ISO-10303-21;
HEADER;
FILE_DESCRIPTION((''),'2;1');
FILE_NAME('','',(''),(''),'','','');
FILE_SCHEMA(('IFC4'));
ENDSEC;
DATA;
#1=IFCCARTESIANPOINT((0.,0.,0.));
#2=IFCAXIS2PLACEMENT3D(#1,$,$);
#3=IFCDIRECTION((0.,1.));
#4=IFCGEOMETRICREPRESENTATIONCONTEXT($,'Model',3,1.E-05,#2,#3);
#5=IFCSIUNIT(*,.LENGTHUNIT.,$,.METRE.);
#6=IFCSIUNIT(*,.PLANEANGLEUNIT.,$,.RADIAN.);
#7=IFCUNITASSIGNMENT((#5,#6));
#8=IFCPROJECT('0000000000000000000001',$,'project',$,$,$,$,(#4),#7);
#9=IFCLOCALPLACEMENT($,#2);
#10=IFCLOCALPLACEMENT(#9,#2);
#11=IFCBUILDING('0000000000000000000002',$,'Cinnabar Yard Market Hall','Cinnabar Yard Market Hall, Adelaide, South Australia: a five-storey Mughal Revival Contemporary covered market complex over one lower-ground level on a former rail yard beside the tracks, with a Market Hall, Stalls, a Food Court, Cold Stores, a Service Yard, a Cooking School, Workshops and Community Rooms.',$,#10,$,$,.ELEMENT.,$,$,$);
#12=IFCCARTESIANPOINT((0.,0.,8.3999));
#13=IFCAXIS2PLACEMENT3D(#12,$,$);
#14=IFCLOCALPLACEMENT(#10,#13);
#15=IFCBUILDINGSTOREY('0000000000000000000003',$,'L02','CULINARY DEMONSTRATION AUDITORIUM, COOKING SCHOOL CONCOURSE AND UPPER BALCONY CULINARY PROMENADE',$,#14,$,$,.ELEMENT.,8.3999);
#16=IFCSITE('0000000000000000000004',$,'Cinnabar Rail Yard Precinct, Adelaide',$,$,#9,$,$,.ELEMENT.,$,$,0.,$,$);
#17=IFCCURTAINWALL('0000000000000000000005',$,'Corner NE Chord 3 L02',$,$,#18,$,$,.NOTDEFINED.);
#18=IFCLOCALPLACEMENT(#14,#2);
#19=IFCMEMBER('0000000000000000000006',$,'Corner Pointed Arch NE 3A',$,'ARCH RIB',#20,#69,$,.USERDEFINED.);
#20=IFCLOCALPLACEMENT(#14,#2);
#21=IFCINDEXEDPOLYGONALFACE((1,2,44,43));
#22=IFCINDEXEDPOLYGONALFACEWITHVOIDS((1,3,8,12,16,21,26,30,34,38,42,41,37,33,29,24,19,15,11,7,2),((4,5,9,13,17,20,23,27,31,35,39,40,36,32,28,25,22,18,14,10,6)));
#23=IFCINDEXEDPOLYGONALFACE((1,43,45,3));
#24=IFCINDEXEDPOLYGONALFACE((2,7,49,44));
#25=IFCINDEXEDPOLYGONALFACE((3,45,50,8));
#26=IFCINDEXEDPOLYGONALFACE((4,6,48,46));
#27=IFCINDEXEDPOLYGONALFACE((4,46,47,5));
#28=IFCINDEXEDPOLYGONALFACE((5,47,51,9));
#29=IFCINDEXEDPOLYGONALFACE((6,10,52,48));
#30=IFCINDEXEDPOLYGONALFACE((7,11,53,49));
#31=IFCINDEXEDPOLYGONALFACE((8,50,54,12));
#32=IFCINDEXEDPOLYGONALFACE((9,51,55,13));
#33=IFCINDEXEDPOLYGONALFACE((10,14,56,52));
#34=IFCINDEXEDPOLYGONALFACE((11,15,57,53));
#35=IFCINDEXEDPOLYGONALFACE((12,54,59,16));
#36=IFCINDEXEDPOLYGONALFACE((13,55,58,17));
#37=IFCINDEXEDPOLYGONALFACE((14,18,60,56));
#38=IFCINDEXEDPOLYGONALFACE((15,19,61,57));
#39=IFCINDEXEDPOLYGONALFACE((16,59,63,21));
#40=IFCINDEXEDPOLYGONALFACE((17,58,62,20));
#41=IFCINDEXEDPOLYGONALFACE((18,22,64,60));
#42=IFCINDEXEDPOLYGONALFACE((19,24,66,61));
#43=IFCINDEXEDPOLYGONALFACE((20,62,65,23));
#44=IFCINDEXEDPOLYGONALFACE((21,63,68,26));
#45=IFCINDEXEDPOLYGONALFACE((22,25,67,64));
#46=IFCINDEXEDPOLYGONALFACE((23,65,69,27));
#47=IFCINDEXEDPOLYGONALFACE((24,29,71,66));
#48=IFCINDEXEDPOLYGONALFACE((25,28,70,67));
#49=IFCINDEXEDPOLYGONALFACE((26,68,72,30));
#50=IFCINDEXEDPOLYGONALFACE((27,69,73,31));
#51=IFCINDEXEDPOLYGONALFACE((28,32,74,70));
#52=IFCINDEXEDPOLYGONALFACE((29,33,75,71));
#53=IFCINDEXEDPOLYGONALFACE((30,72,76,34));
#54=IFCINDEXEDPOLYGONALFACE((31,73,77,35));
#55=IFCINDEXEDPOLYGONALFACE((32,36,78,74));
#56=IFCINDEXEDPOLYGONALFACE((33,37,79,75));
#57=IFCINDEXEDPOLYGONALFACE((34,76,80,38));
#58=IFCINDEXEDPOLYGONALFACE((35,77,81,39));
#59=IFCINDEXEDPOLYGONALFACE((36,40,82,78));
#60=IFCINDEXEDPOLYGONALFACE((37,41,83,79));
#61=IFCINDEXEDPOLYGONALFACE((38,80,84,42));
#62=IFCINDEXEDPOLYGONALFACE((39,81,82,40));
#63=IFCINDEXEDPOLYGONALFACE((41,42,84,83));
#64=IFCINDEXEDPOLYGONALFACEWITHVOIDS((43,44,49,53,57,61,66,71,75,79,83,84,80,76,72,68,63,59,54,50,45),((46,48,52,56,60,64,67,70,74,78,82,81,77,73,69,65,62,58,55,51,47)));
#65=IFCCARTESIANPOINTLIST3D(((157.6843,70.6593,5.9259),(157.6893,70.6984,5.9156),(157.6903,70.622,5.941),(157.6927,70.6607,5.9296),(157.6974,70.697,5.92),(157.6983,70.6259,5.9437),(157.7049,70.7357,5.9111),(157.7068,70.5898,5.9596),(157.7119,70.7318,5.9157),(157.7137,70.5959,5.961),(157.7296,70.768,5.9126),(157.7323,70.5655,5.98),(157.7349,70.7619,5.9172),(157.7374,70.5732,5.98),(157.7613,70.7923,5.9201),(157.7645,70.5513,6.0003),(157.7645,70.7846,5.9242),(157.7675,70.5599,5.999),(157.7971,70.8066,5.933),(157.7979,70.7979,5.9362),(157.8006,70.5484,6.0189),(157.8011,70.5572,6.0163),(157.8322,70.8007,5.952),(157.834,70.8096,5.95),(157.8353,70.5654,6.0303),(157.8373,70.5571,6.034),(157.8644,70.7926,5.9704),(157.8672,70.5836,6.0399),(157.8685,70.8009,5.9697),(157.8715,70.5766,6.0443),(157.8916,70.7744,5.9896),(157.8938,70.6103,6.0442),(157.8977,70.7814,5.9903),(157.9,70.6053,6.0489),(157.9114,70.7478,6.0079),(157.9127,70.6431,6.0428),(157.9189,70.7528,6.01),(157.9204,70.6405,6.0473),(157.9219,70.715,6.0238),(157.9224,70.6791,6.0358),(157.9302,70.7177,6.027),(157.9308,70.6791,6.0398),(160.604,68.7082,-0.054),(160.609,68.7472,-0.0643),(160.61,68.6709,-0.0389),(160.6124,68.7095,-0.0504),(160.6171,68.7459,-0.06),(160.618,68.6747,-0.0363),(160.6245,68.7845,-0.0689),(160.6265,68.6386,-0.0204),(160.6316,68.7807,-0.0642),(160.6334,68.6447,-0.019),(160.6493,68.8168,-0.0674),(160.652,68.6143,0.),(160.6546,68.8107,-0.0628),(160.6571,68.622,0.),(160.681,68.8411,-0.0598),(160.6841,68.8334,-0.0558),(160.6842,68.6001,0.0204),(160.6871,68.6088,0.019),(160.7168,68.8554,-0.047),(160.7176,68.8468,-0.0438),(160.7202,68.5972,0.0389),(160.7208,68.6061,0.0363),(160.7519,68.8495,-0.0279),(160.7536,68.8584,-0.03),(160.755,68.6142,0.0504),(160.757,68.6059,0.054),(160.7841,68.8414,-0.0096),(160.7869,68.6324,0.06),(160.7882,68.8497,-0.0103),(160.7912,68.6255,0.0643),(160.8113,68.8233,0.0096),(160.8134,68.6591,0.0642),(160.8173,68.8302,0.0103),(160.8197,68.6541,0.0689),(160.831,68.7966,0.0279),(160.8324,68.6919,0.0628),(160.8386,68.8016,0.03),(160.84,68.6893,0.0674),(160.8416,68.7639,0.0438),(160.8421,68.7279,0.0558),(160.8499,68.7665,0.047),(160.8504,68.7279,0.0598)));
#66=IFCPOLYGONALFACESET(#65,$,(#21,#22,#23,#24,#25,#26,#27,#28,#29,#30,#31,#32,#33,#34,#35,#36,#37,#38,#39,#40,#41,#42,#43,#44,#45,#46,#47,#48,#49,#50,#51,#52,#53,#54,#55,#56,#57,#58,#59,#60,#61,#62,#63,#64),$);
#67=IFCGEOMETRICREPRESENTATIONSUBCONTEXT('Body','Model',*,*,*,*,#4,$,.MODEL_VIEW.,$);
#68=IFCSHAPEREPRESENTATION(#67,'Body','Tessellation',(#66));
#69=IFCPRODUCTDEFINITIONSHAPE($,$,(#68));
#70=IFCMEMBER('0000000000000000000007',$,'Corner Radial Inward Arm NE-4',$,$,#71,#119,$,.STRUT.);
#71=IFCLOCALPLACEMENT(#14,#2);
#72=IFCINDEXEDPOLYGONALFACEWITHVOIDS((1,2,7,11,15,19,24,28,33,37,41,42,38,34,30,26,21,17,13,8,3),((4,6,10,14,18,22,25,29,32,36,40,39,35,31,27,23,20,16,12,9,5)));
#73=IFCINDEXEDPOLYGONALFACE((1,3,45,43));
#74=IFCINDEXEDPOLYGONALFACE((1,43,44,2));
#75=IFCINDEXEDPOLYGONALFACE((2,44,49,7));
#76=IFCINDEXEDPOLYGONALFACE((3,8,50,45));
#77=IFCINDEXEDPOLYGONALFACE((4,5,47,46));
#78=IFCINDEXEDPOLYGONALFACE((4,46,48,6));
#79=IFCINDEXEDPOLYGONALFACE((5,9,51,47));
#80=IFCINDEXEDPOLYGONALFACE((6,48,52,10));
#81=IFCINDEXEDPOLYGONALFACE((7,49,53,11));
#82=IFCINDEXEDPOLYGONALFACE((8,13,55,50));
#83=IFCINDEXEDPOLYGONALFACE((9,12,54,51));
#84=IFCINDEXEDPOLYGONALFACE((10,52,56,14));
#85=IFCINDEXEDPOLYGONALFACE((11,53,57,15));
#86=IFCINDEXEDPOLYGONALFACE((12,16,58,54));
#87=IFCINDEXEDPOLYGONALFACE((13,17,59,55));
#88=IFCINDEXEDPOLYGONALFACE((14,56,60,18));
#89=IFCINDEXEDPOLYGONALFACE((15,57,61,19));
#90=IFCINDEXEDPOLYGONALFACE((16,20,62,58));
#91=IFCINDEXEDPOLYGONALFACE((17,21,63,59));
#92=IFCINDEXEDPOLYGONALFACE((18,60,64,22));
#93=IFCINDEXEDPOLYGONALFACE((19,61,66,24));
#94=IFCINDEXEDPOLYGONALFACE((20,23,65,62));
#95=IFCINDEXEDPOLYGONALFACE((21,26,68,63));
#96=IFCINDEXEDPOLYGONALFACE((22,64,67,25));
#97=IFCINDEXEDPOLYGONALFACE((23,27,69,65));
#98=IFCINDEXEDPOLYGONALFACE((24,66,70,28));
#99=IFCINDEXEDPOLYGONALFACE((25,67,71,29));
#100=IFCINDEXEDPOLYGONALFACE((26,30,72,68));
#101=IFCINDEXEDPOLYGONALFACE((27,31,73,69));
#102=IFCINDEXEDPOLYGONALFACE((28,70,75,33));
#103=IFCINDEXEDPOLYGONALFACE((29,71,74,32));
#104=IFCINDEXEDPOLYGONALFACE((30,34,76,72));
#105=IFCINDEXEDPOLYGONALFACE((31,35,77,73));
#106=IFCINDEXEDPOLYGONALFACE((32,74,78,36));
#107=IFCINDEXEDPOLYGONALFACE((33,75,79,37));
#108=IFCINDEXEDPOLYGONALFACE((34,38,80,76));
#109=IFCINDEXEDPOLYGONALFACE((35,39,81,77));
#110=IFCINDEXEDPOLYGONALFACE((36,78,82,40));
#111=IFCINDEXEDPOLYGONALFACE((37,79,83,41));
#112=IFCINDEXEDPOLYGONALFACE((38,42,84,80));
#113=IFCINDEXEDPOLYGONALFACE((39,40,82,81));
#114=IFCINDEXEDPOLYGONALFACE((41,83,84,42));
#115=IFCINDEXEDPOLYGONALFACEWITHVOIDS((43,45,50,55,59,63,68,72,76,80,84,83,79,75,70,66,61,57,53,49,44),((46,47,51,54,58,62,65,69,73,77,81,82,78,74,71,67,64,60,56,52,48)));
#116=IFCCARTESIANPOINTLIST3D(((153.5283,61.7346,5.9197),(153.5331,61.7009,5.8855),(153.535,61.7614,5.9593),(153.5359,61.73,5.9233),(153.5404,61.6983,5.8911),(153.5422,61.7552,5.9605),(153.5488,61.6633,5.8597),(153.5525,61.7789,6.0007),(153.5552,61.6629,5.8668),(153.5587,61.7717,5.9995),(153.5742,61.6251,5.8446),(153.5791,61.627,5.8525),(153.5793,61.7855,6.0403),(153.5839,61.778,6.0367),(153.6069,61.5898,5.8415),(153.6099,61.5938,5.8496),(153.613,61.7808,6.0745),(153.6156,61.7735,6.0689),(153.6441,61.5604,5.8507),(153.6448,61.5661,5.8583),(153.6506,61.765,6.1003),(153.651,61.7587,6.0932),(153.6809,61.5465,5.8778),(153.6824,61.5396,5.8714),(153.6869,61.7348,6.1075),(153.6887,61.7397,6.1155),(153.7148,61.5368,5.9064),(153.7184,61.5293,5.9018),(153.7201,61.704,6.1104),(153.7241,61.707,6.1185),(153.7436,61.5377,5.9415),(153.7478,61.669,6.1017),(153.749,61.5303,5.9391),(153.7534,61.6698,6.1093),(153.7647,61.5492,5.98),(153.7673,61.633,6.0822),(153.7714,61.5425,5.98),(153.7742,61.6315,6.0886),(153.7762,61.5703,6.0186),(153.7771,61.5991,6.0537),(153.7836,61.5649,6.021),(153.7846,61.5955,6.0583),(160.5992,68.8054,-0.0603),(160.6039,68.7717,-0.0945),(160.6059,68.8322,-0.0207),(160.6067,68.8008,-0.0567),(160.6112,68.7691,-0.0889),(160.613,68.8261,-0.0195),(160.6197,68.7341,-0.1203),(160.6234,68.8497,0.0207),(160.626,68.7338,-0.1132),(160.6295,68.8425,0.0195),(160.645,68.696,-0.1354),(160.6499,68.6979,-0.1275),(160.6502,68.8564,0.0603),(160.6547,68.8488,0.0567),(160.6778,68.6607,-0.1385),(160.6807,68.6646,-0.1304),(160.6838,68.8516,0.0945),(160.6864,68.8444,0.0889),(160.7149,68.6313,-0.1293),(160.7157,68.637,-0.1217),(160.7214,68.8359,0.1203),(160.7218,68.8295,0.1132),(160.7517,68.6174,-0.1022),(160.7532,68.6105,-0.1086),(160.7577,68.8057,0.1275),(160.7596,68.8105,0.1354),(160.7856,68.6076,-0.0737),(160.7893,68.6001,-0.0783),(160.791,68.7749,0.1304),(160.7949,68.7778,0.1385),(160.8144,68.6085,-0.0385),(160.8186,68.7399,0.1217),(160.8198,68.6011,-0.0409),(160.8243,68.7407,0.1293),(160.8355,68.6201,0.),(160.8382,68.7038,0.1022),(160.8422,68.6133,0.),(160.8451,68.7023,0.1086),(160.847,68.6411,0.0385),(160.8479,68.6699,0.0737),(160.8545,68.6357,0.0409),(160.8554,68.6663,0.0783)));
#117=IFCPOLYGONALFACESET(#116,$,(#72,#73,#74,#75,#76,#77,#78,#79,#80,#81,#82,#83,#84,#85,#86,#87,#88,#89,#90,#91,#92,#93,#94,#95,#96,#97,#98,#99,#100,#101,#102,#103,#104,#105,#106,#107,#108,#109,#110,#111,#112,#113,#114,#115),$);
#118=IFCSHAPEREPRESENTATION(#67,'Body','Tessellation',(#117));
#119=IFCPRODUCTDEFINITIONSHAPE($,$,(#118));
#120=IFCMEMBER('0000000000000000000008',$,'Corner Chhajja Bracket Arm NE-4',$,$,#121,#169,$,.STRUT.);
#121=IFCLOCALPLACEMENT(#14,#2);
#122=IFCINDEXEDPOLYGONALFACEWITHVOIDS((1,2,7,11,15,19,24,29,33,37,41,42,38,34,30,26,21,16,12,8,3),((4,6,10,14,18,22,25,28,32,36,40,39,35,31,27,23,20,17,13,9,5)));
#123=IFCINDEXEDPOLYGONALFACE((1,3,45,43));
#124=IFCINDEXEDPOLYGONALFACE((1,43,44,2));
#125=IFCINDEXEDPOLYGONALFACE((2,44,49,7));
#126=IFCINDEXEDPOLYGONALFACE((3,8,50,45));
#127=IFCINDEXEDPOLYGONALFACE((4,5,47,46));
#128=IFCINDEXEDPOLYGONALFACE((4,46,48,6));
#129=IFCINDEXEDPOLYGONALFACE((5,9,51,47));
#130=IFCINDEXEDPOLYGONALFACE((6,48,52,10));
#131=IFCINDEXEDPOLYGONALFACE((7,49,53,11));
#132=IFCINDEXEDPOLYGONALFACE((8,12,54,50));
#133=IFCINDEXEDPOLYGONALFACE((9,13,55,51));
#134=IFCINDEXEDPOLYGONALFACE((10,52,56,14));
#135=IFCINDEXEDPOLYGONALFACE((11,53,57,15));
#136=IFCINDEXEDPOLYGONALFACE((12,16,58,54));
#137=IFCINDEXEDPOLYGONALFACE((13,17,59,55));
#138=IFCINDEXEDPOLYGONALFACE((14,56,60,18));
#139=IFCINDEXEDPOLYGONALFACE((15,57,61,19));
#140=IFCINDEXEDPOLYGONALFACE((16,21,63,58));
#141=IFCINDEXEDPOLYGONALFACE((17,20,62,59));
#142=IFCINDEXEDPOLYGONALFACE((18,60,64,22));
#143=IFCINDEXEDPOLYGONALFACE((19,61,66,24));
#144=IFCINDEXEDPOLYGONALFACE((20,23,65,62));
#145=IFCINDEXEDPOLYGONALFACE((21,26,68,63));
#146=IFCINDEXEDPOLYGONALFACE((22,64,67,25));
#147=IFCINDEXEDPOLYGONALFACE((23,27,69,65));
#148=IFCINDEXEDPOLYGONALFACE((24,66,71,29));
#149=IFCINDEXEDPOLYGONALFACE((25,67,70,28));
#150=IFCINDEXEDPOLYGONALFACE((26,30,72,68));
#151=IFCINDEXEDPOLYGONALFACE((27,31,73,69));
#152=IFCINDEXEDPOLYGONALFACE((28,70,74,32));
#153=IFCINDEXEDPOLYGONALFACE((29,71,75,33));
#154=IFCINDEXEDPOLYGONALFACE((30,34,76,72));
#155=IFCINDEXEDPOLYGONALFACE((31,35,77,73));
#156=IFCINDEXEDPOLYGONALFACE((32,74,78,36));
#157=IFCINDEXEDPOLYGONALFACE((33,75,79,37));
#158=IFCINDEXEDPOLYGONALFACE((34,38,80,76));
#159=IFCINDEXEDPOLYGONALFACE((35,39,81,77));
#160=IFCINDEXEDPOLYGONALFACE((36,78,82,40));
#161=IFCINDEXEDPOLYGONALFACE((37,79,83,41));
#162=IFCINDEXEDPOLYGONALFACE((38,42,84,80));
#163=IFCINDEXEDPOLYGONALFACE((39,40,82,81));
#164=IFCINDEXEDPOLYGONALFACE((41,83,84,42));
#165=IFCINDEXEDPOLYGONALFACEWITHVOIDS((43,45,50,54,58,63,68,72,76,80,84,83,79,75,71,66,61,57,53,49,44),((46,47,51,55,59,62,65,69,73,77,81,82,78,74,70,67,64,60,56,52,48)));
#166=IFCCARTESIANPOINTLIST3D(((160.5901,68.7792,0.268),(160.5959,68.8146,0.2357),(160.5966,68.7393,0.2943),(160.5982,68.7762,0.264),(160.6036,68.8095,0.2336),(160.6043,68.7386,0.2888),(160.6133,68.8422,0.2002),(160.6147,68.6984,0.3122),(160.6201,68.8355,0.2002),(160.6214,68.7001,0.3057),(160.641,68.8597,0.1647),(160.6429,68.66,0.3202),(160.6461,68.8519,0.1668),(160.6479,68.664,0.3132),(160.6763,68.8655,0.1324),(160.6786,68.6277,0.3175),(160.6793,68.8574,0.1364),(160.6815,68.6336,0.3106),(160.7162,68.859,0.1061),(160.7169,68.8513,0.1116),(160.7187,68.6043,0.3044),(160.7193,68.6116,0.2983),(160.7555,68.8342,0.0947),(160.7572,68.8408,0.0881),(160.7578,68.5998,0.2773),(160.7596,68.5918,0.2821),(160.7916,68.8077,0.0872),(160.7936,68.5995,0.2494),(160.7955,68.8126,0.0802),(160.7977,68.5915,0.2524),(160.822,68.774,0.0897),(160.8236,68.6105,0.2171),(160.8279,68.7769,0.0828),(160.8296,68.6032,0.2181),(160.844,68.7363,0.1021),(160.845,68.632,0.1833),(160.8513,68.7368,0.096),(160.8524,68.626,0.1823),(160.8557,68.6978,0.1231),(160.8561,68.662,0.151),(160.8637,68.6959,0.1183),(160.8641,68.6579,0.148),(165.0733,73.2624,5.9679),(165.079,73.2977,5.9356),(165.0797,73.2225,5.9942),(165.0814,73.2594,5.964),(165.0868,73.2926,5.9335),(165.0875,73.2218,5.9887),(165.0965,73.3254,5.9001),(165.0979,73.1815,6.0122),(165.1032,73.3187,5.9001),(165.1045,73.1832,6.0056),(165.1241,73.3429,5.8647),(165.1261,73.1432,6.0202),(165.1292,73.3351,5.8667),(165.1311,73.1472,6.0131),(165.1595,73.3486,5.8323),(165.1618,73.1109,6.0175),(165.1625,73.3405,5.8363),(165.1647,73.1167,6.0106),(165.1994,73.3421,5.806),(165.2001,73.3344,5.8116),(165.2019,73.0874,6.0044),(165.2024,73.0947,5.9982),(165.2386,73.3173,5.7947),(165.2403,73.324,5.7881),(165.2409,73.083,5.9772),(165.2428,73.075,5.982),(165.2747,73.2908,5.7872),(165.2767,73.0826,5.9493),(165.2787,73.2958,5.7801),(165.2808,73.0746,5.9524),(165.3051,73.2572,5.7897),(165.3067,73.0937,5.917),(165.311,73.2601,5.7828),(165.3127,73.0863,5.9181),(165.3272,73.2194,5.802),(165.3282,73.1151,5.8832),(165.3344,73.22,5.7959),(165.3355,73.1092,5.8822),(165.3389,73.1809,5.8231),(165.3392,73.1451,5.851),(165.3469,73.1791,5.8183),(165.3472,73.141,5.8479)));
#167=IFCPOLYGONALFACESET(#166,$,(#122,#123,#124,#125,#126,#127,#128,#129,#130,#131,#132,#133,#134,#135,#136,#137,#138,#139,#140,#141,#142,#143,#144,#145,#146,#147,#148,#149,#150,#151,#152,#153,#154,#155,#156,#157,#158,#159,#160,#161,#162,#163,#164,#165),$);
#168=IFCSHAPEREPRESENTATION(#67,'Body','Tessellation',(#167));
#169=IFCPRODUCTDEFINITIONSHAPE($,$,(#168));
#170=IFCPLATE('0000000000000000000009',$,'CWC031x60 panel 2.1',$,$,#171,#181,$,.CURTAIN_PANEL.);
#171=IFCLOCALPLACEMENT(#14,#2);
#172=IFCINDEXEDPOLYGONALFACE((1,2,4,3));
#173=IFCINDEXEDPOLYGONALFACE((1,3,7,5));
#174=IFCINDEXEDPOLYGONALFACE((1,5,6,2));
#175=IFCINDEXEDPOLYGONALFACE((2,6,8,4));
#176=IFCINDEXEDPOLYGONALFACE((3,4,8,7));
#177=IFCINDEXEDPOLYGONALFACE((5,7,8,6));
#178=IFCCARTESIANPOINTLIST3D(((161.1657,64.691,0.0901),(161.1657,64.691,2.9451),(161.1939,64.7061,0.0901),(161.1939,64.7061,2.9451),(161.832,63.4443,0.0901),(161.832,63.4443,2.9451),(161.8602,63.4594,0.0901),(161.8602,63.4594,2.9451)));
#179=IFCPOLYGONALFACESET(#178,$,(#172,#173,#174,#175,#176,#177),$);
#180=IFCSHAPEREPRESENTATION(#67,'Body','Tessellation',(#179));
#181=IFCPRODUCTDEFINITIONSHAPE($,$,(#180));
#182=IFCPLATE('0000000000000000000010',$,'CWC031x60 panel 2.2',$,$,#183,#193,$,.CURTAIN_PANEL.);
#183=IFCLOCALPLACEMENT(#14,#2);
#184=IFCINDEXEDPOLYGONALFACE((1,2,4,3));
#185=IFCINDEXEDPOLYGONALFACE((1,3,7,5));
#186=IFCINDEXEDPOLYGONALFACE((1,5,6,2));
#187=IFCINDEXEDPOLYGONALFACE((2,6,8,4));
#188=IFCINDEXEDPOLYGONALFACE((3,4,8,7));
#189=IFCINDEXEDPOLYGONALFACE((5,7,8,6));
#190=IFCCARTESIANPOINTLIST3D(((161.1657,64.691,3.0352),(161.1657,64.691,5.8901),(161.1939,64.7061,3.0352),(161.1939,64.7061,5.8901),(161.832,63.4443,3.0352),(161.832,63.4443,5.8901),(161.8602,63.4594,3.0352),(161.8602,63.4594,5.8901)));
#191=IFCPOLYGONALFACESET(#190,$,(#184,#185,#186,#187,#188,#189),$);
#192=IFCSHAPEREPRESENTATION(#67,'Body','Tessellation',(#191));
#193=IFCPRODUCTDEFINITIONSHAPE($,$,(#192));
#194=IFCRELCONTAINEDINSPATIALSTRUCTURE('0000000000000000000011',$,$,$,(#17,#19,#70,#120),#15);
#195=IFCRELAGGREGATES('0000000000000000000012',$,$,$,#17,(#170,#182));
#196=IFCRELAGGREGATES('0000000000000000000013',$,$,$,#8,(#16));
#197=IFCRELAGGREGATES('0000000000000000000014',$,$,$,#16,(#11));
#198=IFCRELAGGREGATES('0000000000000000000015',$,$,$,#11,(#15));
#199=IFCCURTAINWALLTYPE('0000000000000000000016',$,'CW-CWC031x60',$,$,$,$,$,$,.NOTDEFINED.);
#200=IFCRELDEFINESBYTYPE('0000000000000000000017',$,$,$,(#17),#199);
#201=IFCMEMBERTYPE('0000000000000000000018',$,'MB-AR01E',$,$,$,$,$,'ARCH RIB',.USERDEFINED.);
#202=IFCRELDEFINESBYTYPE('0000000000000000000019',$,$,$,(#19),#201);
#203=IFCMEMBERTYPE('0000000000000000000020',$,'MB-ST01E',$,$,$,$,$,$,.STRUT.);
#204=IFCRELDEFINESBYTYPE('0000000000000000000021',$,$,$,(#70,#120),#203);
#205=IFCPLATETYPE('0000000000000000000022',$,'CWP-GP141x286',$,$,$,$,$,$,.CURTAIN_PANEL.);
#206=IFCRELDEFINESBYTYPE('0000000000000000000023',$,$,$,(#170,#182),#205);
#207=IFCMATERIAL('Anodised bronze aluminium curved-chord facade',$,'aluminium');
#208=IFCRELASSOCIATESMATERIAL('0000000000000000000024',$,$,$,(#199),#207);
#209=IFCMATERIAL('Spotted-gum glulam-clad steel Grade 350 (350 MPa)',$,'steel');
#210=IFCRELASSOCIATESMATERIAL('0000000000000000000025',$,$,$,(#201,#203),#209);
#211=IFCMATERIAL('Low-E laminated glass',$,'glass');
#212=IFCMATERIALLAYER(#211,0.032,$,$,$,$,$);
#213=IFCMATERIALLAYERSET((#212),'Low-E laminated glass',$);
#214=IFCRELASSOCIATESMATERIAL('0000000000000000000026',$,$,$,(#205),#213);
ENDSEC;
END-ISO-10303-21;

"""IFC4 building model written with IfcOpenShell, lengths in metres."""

from ifc_helpers import new_model, si_unit, direction, frame, origin, origin_2d_with_axis, place, context, subcontext, project, spatial, rectangle, hollow_circle, extrude, material, layer, layer_set, material_profile, profile_set, type_object, element, aggregate, save


model = new_model("IFC4")

# Units and contexts
model_context = context("Model", 3, precision=1e-05, world=origin(), true_north=direction((0.0, 1.0)))
body_context = subcontext(model_context, "Body", "Model", "MODEL_VIEW")
ifc_project = project(units=[si_unit("LENGTHUNIT", "METRE"), si_unit("PLANEANGLEUNIT", "RADIAN")], contexts=[model_context])

# Site, building, storey
site_placement = place(None, origin())
site = spatial("IfcSite", under=ifc_project, at=site_placement, Name="Cinnabar Rail Yard Precinct, Adelaide", CompositionType="ELEMENT", RefElevation=0.0)
building_placement = place(site_placement, origin())
building = spatial("IfcBuilding", under=site, at=building_placement, Name="Cinnabar Yard Market Hall", Description="Cinnabar Yard Market Hall, Adelaide, South Australia: a five-storey Mughal Revival Contemporary covered market complex over one lower-ground level on a former rail yard beside the tracks, with a Market Hall, Stalls, a Food Court, Cold Stores, a Service Yard, a Cooking School, Workshops and Community Rooms.", CompositionType="ELEMENT")
storey_placement = place(building_placement, frame((0.0, 0.0, 8.3999)))
storey = spatial("IfcBuildingStorey", under=building, at=storey_placement, Name="L02", Description="CULINARY DEMONSTRATION AUDITORIUM, COOKING SCHOOL CONCOURSE AND UPPER BALCONY CULINARY PROMENADE", CompositionType="ELEMENT", Elevation=8.3999)

# Shared definitions
ifc_material_1 = material(Name="Spotted-gum glulam-clad steel Grade 350 (350 MPa)", Category="steel")

# Curtain wall
ifc_material_2 = material(Name="Anodised bronze aluminium curved-chord facade", Category="aluminium")
curtain_wall_type = type_object("IfcCurtainWallType", Name="CW-CWC031x60", PredefinedType="NOTDEFINED", material=ifc_material_2)
curtain_wall_1_placement = place(storey_placement, origin())
curtain_wall_1 = element("IfcCurtainWall", 1, at=curtain_wall_1_placement, inside=storey, type_object=curtain_wall_type, Name="Corner NE Chord 3 L02", PredefinedType="NOTDEFINED")

# Members
ifc_material_profile_1 = material_profile(ifc_material_1, hollow_circle(Radius=0.1365, WallThickness=0.0093, at=origin_2d_with_axis()), Name="273.1x9.3CHS")
ifc_profile_set_1 = profile_set([ifc_material_profile_1], Name="Spotted-gum glulam-clad steel Grade 350 (350 MPa)")
member_type_1 = type_object("IfcMemberType", Name="MB-AR01E", ElementType="ARCH RIB", PredefinedType="USERDEFINED", material=ifc_profile_set_1)
for number, where, z_axis, x_axis, name in (
    (2, (160.7278, 68.7278, 0.0), (-0.421017, 0.281359, 0.862312), (-0.55563, -0.831429, 0.0), "Corner Pointed Arch NE 3A"),
):
    element("IfcMember", number, at=place(storey_placement, frame(where, z_axis=z_axis, x_axis=x_axis)), inside=storey, type_object=member_type_1, Name=name, ObjectType="ARCH RIB", PredefinedType="USERDEFINED", context=body_context, shape_type="SweptSolid", body=[
        extrude(hollow_circle(Radius=0.1365, WallThickness=0.0093, at=origin_2d_with_axis()), origin(), (0.0, 0.0, 1.0), 6.9348),
    ])
ifc_material_profile_2 = material_profile(ifc_material_1, hollow_circle(Radius=0.1619, WallThickness=0.0095, at=origin_2d_with_axis()), Name="323.9x9.5CHS")
ifc_profile_set_2 = profile_set([ifc_material_profile_2], Name="Spotted-gum glulam-clad steel Grade 350 (350 MPa)")
member_type_2 = type_object("IfcMemberType", Name="MB-ST01E", PredefinedType="STRUT", material=ifc_profile_set_2)
member_1_placement = place(storey_placement, frame((160.7278, 68.7278, 0.0), z_axis=(-0.606868, -0.606868, 0.513246), x_axis=(0.707107, -0.707107, 0.0)))
element("IfcMember", 3, at=member_1_placement, inside=storey, type_object=member_type_2, Name="Corner Radial Inward Arm NE-4", PredefinedType="STRUT", context=body_context, shape_type="SweptSolid", body=[
    extrude(hollow_circle(Radius=0.1619, WallThickness=0.0095, at=origin_2d_with_axis()), origin(), (0.0, 0.0, 1.0), 11.6514),
])
member_2_placement = place(storey_placement, frame((160.7278, 68.7278, 0.2002), z_axis=(0.525843, 0.525843, 0.668565), x_axis=(-0.707107, 0.707107, 0.0)))
element("IfcMember", 4, at=member_2_placement, inside=storey, type_object=member_type_2, Name="Corner Chhajja Bracket Arm NE-4", PredefinedType="STRUT", context=body_context, shape_type="SweptSolid", body=[
    extrude(hollow_circle(Radius=0.1619, WallThickness=0.0095, at=origin_2d_with_axis()), origin(), (0.0, 0.0, 1.0), 8.5256),
])

# Plates
ifc_material_3 = material(Name="Low-E laminated glass", Category="glass")
ifc_layer_1 = layer(ifc_material_3, 0.032)
ifc_layer_set_1 = layer_set([ifc_layer_1], Name="Low-E laminated glass")
plate_type_1 = type_object("IfcPlateType", Name="CWP-GP141x286", PredefinedType="CURTAIN_PANEL", material=ifc_layer_set_1)
plate_1_placement = place(storey_placement, frame((161.5129, 64.0752, 0.0901), z_axis=(0.0, 0.0, 1.0), x_axis=(-0.471404, 0.881917, 0.0)))
plate_1 = element("IfcPlate", 5, at=plate_1_placement, type_object=plate_type_1, Name="CWC031x60 panel 2.1", PredefinedType="CURTAIN_PANEL", context=body_context, shape_type="SweptSolid", body=[
    extrude(rectangle(XDim=1.4136, YDim=0.032, at=origin_2d_with_axis()), origin(), (0.0, 0.0, 1.0), 2.855),
])
plate_2_placement = place(storey_placement, frame((161.5129, 64.0752, 3.0352), z_axis=(0.0, 0.0, 1.0), x_axis=(-0.471404, 0.881917, 0.0)))
plate_2 = element("IfcPlate", 6, at=plate_2_placement, type_object=plate_type_1, Name="CWC031x60 panel 2.2", PredefinedType="CURTAIN_PANEL", context=body_context, shape_type="SweptSolid", body=[
    extrude(rectangle(XDim=1.4136, YDim=0.032, at=origin_2d_with_axis()), origin(), (0.0, 0.0, 1.0), 2.855),
])
aggregate(curtain_wall_1, [plate_1, plate_2])

save(model, "model.ifc")
